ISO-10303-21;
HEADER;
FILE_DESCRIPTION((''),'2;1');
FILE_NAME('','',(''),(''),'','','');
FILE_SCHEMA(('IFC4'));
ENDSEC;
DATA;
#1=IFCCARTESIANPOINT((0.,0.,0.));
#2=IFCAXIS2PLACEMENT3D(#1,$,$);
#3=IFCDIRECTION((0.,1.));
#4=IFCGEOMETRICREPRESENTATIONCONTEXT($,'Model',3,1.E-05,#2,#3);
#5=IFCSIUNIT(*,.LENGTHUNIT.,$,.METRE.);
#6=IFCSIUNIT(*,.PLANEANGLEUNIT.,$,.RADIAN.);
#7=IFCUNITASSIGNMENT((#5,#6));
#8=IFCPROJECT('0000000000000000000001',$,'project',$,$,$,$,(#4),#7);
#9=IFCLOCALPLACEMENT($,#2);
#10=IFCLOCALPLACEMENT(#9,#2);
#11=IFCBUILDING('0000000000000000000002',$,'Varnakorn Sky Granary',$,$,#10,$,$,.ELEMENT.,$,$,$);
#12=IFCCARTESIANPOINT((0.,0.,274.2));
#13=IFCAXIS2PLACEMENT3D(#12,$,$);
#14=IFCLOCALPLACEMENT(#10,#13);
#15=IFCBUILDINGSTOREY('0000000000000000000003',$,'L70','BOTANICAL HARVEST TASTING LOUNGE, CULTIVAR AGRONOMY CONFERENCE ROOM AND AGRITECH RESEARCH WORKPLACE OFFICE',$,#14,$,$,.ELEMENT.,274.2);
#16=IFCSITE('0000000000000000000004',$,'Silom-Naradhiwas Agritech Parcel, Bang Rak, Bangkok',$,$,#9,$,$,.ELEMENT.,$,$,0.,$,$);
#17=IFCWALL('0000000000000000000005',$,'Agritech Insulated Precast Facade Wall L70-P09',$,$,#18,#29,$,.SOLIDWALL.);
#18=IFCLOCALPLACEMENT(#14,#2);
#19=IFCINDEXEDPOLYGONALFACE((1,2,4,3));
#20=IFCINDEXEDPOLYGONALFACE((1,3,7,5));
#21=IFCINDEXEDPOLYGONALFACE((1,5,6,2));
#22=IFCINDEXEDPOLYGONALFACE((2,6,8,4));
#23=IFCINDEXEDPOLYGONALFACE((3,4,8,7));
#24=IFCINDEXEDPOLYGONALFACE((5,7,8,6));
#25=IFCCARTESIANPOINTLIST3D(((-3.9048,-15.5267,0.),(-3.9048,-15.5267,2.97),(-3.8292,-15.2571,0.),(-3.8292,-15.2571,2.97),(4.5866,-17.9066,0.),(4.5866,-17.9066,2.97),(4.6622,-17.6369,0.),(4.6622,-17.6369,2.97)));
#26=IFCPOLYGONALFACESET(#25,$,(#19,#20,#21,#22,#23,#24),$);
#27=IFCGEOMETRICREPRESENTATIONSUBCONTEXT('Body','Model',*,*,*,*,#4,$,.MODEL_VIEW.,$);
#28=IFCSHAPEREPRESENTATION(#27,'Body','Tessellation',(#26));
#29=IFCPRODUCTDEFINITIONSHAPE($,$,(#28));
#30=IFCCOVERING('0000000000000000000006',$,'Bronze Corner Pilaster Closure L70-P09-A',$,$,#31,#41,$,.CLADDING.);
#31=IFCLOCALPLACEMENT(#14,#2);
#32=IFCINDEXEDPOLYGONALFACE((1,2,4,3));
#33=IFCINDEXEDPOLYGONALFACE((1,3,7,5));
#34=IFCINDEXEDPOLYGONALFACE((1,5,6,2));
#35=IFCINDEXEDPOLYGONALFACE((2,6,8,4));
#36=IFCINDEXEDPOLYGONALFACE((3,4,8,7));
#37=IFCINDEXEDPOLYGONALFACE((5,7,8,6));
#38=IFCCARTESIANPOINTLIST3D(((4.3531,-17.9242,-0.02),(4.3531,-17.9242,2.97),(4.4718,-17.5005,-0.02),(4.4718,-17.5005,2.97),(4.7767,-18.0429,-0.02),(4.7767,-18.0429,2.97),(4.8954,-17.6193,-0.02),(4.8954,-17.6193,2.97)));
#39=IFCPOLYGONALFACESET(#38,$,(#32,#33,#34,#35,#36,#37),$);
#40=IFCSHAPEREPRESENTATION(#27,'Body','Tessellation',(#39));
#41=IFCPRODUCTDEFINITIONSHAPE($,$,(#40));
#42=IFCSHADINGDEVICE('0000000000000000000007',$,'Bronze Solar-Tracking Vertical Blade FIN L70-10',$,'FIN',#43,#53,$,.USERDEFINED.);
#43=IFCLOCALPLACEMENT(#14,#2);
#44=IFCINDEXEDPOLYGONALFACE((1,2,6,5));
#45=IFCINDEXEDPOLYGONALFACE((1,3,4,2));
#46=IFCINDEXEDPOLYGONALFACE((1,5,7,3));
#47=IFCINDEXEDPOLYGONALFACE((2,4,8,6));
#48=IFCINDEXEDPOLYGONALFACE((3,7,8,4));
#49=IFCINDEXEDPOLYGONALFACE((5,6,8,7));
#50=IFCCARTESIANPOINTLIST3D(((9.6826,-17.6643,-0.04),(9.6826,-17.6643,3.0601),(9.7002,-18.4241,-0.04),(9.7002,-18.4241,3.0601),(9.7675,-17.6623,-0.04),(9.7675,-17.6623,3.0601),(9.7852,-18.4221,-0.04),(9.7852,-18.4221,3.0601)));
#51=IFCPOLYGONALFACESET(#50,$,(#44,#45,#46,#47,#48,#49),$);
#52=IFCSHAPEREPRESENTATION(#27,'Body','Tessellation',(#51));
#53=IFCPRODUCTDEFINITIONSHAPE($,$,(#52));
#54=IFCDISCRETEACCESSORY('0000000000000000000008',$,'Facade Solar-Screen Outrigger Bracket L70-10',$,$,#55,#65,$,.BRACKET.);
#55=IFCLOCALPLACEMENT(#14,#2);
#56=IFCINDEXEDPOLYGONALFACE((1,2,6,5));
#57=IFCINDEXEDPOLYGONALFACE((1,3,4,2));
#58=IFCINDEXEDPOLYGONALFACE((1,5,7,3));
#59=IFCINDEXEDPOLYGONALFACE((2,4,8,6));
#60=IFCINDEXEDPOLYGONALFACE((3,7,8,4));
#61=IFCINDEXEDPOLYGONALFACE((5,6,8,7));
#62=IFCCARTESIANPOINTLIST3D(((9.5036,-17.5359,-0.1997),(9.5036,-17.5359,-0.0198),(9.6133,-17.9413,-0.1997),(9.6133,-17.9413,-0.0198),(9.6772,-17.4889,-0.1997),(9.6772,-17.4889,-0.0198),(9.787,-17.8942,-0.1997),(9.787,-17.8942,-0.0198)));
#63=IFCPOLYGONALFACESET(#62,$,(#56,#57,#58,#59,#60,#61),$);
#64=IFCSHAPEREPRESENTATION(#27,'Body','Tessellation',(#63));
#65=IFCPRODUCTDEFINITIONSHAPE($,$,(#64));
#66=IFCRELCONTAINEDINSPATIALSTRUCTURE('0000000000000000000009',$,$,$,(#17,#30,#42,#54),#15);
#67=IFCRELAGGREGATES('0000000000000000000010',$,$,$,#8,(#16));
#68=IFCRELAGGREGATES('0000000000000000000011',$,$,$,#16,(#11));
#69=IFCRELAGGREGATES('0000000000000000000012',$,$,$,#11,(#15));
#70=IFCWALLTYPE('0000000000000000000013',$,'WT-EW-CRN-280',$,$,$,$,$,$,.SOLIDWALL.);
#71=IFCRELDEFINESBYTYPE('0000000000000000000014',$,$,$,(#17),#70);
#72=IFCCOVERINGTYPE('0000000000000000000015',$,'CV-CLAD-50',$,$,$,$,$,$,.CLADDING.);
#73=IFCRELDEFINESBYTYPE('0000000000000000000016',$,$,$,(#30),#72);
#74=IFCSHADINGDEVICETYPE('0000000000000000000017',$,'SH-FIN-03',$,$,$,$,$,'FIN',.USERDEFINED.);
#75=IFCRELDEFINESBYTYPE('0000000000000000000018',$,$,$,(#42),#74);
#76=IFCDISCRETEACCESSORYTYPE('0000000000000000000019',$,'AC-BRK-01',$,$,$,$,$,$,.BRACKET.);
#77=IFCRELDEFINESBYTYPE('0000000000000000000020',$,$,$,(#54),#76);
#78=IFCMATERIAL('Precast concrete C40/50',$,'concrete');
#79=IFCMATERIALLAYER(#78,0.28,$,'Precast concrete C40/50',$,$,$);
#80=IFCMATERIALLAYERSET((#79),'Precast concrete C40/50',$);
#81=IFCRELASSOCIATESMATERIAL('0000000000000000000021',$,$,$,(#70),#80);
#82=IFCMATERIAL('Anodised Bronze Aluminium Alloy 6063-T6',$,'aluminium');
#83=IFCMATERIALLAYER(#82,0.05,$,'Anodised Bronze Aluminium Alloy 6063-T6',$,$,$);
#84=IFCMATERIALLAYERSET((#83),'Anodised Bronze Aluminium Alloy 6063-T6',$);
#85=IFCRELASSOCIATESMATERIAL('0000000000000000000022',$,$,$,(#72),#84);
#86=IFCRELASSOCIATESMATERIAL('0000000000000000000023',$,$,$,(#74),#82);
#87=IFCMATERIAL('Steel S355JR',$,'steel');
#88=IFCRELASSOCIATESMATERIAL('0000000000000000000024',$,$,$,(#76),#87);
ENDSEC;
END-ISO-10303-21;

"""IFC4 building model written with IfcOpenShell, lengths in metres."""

from ifc_helpers import new_model, si_unit, direction, frame, frame_2d, origin, origin_2d, place, context, subcontext, project, spatial, rectangle, extrude, source, transform, mapped, material, layer, layer_set, type_object, type_shapes, element, save


model = new_model("IFC4")

# Units and contexts
model_context = context("Model", 3, precision=1e-05, world=origin(), true_north=direction((0.0, 1.0)))
body_context = subcontext(model_context, "Body", "Model", "MODEL_VIEW")
ifc_project = project(units=[si_unit("LENGTHUNIT", "METRE"), si_unit("PLANEANGLEUNIT", "RADIAN")], contexts=[model_context])

# Site, building, storey
site_placement = place(None, origin())
site = spatial("IfcSite", under=ifc_project, at=site_placement, Name="Silom-Naradhiwas Agritech Parcel, Bang Rak, Bangkok", CompositionType="ELEMENT", RefElevation=0.0)
building_placement = place(site_placement, origin())
building = spatial("IfcBuilding", under=site, at=building_placement, Name="Varnakorn Sky Granary", CompositionType="ELEMENT")
storey_placement = place(building_placement, frame((0.0, 0.0, 274.2)))
storey = spatial("IfcBuildingStorey", under=building, at=storey_placement, Name="L70", Description="BOTANICAL HARVEST TASTING LOUNGE, CULTIVAR AGRONOMY CONFERENCE ROOM AND AGRITECH RESEARCH WORKPLACE OFFICE", CompositionType="ELEMENT", Elevation=274.2)

# Shared definitions
ifc_material_1 = material(Name="Steel S355JR", Category="steel")

# Shared definitions
ifc_material_2 = material(Name="Anodised Bronze Aluminium Alloy 6063-T6", Category="aluminium")

# Wall
ifc_material_3 = material(Name="Precast concrete C40/50", Category="concrete")
ifc_layer_1 = layer(ifc_material_3, 0.28, Name="Precast concrete C40/50")
ifc_layer_set_1 = layer_set([ifc_layer_1], Name="Precast concrete C40/50")
wall_type = type_object("IfcWallType", Name="WT-EW-CRN-280", PredefinedType="SOLIDWALL", material=ifc_layer_set_1)
wall_placement = place(storey_placement, frame((4.6243, -17.7717, 0.0), z_axis=(0.0, 0.0, 1.0), x_axis=(-0.962897, 0.269869, 0.0)))
element("IfcWall", 1, at=wall_placement, inside=storey, type_object=wall_type, Name="Agritech Insulated Precast Facade Wall L70-P09", PredefinedType="SOLIDWALL", context=body_context, shape_type="SweptSolid", body=[
    extrude(rectangle(XDim=8.8186, YDim=0.28, at=frame_2d((4.4092, 0.0))), origin(), (0.0, 0.0, 1.0), 2.97),
])

# Covering
ifc_layer_2 = layer(ifc_material_2, 0.05, Name="Anodised Bronze Aluminium Alloy 6063-T6")
ifc_layer_set_2 = layer_set([ifc_layer_2], Name="Anodised Bronze Aluminium Alloy 6063-T6")
covering_type = type_object("IfcCoveringType", Name="CV-CLAD-50", PredefinedType="CLADDING", material=ifc_layer_set_2)
shared_shape_1 = source(origin(), body_context, "Body", "SweptSolid", [
    extrude(rectangle(XDim=0.4399, YDim=0.4399, at=origin_2d()), origin(), (0.0, 0.0, 1.0), 2.99),
])
type_shapes(covering_type, [shared_shape_1])
covering_placement = place(storey_placement, frame((4.6243, -17.7717, -0.02), z_axis=(0.0, 0.0, 1.0), x_axis=(-0.96288, 0.269928, 0.0)))
element("IfcCovering", 2, at=covering_placement, inside=storey, type_object=covering_type, Name="Bronze Corner Pilaster Closure L70-P09-A", PredefinedType="CLADDING", context=body_context, shape_type="MappedRepresentation", body=[
    mapped(shared_shape_1, transform((0.0, 0.0, 0.0), x_axis=(1.0, 0.0, 0.0), y_axis=(0.0, 1.0, 0.0), z_axis=(0.0, 0.0, 1.0), scale=1.0)),
])

# Shading device
shading_device_type = type_object("IfcShadingDeviceType", Name="SH-FIN-03", ElementType="FIN", PredefinedType="USERDEFINED", material=ifc_material_2)
shared_shape_2 = source(origin(), body_context, "Body", "SweptSolid", [
    extrude(rectangle(XDim=0.085, YDim=0.76, at=origin_2d()), origin(), (0.0, 0.0, 1.0), 3.1001),
])
type_shapes(shading_device_type, [shared_shape_2])
shading_device_placement = place(storey_placement, frame((9.7339, -18.0432, -0.04), z_axis=(0.0, 0.0, 1.0), x_axis=(0.99973, 0.023221, 0.0)))
element("IfcShadingDevice", 3, at=shading_device_placement, inside=storey, type_object=shading_device_type, Name="Bronze Solar-Tracking Vertical Blade FIN L70-10", ObjectType="FIN", PredefinedType="USERDEFINED", context=body_context, shape_type="MappedRepresentation", body=[
    mapped(shared_shape_2, transform((0.0, 0.0, 0.0), x_axis=(1.0, 0.0, 0.0), y_axis=(0.0, 1.0, 0.0), z_axis=(0.0, 0.0, 1.0), scale=1.0)),
])

# Discrete accessory
discrete_accessory_type = type_object("IfcDiscreteAccessoryType", Name="AC-BRK-01", PredefinedType="BRACKET", material=ifc_material_1)
shared_shape_3 = source(origin(), body_context, "Body", "SweptSolid", [
    extrude(rectangle(XDim=0.1799, YDim=0.4199, at=origin_2d()), origin(), (0.0, 0.0, 1.0), 0.1799),
])
type_shapes(discrete_accessory_type, [shared_shape_3])
discrete_accessory_placement = place(storey_placement, frame((9.6453, -17.7151, -0.1997), z_axis=(0.0, 0.0, 1.0), x_axis=(0.965263, 0.26128, 0.0)))
element("IfcDiscreteAccessory", 4, at=discrete_accessory_placement, inside=storey, type_object=discrete_accessory_type, Name="Facade Solar-Screen Outrigger Bracket L70-10", PredefinedType="BRACKET", context=body_context, shape_type="MappedRepresentation", body=[
    mapped(shared_shape_3, transform((0.0, 0.0, 0.0), x_axis=(1.0, 0.0, 0.0), y_axis=(0.0, 1.0, 0.0), z_axis=(0.0, 0.0, 1.0), scale=1.0)),
])

save(model, "model.ifc")
